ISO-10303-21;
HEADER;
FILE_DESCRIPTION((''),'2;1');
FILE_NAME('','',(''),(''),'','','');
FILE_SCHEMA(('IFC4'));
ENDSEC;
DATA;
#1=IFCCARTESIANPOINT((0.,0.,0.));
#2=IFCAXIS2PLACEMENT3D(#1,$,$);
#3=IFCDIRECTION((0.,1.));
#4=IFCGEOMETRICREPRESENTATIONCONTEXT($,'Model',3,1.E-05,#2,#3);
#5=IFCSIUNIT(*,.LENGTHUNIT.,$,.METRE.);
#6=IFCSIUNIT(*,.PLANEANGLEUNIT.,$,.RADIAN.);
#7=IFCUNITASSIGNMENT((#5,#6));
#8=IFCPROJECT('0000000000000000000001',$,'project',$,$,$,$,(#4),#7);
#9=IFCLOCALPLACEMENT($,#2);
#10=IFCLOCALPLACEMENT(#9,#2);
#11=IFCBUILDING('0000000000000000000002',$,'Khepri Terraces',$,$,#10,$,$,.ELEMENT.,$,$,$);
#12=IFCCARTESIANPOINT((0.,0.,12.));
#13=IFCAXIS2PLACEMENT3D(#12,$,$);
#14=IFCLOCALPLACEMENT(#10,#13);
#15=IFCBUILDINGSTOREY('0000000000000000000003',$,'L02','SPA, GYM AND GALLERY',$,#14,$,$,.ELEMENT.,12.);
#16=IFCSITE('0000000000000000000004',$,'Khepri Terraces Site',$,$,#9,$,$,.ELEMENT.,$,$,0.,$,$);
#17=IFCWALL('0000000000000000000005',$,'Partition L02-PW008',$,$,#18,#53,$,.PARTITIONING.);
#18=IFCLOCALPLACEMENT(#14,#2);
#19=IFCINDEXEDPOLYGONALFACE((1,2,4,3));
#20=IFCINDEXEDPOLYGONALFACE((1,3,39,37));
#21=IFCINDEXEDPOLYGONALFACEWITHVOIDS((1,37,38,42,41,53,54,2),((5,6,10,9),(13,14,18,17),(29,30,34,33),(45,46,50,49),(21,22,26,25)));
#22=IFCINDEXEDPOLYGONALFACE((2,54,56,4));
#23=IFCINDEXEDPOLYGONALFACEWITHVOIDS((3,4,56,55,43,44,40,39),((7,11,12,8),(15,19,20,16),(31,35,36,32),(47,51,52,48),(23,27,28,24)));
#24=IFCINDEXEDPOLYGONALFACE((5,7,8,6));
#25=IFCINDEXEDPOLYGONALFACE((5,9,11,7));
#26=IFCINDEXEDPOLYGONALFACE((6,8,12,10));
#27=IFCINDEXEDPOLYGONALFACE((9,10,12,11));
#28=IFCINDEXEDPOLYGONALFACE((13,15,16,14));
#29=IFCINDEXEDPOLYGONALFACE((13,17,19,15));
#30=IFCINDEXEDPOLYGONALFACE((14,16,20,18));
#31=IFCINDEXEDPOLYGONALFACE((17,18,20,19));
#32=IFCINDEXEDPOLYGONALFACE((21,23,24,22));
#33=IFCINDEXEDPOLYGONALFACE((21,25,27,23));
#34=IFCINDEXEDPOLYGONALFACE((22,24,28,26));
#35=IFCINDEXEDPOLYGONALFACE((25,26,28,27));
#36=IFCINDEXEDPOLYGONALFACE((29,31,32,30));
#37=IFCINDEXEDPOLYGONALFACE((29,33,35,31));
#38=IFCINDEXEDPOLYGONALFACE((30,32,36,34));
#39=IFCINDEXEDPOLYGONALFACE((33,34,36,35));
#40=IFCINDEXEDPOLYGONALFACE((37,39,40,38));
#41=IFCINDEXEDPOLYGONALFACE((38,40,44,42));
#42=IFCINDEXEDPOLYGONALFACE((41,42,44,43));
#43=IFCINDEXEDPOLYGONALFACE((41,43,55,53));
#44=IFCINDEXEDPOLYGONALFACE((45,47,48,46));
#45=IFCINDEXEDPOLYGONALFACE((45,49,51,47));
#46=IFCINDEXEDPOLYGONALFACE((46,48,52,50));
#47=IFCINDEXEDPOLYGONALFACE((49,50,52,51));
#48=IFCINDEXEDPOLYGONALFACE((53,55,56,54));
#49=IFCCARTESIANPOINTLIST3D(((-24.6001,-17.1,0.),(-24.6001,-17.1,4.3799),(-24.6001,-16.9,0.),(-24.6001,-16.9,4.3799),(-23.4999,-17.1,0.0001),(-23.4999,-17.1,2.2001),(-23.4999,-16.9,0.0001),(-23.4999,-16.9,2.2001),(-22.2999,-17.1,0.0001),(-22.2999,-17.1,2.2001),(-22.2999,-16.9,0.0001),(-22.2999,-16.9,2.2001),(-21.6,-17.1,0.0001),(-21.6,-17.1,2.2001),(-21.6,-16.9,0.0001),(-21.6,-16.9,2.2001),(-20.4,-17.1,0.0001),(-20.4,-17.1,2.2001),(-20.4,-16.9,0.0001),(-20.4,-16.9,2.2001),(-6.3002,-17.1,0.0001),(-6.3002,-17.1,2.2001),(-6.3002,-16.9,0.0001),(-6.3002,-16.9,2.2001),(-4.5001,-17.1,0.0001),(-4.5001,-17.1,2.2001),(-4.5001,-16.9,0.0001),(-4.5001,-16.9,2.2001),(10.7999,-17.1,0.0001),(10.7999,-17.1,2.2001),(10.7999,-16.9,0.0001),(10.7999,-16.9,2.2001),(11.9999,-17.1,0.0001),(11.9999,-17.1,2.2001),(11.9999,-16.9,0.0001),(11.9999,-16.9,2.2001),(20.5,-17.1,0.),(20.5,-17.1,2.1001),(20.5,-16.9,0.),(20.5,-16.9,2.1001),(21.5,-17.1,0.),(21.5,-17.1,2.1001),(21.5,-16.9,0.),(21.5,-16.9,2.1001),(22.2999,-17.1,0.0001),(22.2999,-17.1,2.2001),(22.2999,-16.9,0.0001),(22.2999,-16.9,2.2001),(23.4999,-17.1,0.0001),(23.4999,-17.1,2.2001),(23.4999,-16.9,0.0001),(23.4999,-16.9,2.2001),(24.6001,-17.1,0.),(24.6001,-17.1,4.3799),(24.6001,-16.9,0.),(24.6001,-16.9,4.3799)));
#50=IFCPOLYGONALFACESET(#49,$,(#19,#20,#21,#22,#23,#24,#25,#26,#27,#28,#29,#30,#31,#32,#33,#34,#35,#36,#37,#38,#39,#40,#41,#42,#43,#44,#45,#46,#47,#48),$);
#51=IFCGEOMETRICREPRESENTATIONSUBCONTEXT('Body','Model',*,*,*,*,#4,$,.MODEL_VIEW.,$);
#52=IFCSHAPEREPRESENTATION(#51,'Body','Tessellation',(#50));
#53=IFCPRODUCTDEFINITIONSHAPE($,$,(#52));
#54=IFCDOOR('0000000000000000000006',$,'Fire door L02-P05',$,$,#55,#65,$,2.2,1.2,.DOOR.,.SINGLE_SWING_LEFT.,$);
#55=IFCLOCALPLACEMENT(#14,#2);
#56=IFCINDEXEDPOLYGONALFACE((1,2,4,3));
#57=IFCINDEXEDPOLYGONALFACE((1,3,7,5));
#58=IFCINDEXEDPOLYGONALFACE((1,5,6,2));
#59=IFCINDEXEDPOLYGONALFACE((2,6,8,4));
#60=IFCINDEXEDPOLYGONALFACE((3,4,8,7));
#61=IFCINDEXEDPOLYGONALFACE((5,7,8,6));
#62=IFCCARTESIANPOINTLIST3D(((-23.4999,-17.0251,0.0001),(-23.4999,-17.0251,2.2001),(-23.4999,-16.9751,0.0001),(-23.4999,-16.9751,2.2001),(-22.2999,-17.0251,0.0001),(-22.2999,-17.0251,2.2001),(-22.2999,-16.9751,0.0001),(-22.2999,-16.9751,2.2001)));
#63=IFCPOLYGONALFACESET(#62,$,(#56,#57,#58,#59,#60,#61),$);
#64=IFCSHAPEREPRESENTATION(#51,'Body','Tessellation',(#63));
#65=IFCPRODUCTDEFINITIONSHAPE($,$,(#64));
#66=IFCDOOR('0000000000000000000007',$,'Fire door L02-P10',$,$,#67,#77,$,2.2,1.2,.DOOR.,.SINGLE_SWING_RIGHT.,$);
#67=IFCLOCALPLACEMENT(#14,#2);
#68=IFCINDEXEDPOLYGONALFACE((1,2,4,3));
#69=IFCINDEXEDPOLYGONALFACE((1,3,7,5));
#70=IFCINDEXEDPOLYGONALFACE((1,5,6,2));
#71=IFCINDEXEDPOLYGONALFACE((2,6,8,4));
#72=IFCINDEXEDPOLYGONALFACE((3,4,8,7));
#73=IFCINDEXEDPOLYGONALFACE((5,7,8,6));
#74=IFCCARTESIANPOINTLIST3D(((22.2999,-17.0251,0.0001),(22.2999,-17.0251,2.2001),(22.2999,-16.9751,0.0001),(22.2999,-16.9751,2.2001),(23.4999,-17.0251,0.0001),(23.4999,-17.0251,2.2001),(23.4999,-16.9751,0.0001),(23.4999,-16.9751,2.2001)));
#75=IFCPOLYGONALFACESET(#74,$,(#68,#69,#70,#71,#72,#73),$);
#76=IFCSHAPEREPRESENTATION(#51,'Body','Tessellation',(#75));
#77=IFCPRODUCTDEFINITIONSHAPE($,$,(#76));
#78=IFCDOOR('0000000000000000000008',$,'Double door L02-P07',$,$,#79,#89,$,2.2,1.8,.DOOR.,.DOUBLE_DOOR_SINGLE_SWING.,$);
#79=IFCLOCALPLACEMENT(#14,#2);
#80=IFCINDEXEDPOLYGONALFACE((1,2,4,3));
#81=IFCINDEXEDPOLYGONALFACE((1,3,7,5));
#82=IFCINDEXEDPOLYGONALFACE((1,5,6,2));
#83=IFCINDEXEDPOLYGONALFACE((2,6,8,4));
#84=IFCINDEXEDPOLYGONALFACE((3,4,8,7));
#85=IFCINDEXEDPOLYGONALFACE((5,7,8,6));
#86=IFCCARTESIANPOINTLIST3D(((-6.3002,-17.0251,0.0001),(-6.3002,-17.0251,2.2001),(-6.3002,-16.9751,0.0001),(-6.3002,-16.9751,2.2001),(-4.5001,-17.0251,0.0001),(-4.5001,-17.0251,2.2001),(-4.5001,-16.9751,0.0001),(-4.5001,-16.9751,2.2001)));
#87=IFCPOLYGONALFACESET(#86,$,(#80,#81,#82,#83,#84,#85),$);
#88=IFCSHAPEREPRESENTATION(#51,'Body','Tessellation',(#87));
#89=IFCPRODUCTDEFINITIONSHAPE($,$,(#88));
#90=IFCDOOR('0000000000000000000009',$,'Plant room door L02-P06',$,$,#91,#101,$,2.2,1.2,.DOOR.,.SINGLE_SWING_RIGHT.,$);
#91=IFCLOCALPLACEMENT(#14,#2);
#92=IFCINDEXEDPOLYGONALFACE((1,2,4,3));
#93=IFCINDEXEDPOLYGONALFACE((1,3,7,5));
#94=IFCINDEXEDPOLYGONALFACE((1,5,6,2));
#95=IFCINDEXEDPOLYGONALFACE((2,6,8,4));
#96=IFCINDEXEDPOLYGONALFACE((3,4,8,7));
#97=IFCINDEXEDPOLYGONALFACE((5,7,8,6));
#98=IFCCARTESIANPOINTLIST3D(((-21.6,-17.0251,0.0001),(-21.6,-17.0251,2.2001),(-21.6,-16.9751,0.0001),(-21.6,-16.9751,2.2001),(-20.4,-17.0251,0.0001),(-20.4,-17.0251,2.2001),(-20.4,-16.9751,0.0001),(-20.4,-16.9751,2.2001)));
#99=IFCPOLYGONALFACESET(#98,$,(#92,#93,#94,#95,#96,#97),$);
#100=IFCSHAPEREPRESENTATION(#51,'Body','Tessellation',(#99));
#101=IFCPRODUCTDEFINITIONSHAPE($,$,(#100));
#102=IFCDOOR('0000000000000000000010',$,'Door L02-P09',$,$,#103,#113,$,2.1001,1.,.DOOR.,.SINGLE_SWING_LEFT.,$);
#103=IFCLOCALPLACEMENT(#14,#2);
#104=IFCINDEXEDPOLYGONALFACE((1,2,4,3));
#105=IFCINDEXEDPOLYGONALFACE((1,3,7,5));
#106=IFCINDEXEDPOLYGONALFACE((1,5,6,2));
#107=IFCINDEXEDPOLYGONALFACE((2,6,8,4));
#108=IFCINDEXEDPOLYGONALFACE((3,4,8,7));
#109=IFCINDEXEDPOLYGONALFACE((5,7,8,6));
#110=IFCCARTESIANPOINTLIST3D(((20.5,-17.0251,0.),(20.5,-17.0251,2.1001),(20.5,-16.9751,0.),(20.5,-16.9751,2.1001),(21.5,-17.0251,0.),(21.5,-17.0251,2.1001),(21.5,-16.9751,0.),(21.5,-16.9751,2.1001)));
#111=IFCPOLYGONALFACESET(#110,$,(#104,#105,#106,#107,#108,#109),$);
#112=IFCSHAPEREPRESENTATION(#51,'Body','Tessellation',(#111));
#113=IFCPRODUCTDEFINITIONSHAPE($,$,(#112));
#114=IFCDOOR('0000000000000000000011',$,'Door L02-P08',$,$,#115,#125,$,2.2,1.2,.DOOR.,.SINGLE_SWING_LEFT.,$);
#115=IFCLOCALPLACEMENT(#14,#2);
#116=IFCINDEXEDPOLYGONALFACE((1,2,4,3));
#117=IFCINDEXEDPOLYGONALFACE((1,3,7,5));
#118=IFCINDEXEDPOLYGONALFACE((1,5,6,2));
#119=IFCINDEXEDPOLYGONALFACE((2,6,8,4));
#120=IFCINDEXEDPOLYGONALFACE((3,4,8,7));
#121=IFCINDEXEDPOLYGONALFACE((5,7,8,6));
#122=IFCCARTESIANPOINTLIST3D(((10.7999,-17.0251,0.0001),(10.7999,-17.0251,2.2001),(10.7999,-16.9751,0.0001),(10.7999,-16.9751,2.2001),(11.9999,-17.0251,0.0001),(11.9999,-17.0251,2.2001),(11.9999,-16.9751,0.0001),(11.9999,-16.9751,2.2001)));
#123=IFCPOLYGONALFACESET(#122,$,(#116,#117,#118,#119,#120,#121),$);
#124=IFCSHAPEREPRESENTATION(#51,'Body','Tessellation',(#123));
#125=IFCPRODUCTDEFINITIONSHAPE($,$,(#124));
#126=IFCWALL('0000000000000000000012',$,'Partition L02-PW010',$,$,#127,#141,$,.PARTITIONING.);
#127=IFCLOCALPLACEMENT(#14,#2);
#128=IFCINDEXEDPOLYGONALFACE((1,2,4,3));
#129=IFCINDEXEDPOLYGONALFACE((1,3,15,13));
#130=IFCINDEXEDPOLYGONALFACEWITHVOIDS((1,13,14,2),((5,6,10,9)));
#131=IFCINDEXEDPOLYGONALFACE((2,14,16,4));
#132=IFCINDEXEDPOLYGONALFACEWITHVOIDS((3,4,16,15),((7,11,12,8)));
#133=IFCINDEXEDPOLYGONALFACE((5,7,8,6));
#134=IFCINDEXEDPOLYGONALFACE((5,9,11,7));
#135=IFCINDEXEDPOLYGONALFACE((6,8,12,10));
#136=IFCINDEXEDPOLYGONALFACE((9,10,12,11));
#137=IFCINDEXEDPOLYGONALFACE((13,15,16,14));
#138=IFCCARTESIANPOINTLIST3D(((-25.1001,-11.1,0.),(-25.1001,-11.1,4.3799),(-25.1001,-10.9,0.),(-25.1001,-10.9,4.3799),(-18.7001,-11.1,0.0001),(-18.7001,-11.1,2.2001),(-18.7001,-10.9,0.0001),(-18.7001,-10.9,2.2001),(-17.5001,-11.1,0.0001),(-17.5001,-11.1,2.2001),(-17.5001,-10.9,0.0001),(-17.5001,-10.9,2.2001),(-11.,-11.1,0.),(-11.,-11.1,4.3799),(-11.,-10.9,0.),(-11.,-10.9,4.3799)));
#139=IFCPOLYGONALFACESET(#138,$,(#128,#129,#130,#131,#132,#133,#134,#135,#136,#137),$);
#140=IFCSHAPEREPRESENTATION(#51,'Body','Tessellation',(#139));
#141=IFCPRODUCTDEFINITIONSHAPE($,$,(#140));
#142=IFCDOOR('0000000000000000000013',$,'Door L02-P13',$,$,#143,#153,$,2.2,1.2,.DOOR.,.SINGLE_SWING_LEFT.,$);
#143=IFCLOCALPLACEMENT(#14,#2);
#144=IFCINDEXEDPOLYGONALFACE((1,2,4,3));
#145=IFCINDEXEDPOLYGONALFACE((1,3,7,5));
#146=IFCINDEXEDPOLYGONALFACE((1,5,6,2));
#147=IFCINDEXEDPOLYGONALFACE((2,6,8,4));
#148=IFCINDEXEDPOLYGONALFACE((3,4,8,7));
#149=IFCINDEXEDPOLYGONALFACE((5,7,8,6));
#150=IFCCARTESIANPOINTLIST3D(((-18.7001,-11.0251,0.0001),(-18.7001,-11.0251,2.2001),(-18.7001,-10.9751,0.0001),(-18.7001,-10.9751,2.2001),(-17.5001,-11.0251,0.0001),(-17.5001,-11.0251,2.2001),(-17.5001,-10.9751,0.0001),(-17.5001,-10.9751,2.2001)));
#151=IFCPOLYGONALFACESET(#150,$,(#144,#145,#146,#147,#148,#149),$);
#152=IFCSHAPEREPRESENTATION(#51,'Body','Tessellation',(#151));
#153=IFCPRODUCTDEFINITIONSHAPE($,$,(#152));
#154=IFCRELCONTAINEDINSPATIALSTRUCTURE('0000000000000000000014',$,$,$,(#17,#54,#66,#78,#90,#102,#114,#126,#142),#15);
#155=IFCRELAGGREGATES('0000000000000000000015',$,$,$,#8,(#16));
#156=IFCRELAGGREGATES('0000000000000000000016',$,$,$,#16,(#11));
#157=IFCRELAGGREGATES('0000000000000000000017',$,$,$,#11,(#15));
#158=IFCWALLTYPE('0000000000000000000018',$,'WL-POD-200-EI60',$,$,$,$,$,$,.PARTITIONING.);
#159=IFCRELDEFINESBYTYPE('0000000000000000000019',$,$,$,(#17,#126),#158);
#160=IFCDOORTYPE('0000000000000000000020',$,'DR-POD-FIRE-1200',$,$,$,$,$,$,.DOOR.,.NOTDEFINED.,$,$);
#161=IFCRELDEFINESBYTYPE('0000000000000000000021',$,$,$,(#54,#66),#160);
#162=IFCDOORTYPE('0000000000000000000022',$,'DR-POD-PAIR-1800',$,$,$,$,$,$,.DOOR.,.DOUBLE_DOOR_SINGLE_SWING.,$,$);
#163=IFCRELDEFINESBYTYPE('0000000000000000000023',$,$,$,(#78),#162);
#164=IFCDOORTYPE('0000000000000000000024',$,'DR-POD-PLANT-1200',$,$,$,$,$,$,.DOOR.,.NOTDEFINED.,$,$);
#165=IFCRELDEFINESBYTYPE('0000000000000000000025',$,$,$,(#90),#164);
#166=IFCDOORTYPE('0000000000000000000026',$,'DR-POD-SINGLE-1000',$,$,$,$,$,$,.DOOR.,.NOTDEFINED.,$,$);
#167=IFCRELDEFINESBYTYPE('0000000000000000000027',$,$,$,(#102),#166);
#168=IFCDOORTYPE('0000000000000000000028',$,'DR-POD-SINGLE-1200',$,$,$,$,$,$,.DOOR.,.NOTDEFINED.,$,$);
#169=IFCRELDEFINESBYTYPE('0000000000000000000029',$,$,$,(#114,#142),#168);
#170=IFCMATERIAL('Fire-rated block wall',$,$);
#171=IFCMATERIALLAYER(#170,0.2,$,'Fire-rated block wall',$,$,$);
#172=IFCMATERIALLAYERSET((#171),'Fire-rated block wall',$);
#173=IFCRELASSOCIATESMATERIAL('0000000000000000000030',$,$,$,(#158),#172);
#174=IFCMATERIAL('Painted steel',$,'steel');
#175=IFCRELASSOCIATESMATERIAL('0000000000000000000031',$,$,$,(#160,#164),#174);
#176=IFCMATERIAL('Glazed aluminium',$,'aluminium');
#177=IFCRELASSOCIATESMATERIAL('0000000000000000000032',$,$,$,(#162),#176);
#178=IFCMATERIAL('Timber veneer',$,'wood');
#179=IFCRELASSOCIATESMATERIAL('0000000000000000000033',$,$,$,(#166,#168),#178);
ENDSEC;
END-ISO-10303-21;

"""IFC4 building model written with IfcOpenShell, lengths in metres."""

from ifc_helpers import new_model, si_unit, direction, frame, frame_2d, origin, place, context, subcontext, project, spatial, rectangle, extrude, material, layer, layer_set, type_object, element, fill, save


model = new_model("IFC4")

# Units and contexts
model_context = context("Model", 3, precision=1e-05, world=origin(), true_north=direction((0.0, 1.0)))
body_context = subcontext(model_context, "Body", "Model", "MODEL_VIEW")
ifc_project = project(units=[si_unit("LENGTHUNIT", "METRE"), si_unit("PLANEANGLEUNIT", "RADIAN")], contexts=[model_context])

# Site, building, storey
site_placement = place(None, origin())
site = spatial("IfcSite", under=ifc_project, at=site_placement, Name="Khepri Terraces Site", CompositionType="ELEMENT", RefElevation=0.0)
building_placement = place(site_placement, origin())
building = spatial("IfcBuilding", under=site, at=building_placement, Name="Khepri Terraces", CompositionType="ELEMENT")
storey_placement = place(building_placement, frame((0.0, 0.0, 12.0)))
storey = spatial("IfcBuildingStorey", under=building, at=storey_placement, Name="L02", Description="SPA, GYM AND GALLERY", CompositionType="ELEMENT", Elevation=12.0)

# Wall, openings, doors
ifc_material_1 = material(Name="Fire-rated block wall")
ifc_layer_1 = layer(ifc_material_1, 0.2, Name="Fire-rated block wall")
ifc_layer_set_1 = layer_set([ifc_layer_1], Name="Fire-rated block wall")
wall_type_1 = type_object("IfcWallType", Name="WL-POD-200-EI60", PredefinedType="PARTITIONING", material=ifc_layer_set_1)
wall_1_placement = place(storey_placement, frame((-24.6001, -17.0, 0.0), z_axis=(0.0, 0.0, 1.0), x_axis=(1.0, 0.0, 0.0)))
wall_1 = element("IfcWall", 1, at=wall_1_placement, inside=storey, type_object=wall_type_1, Name="Partition L02-PW008", PredefinedType="PARTITIONING", context=body_context, shape_type="SweptSolid", body=[
    extrude(rectangle(XDim=49.2002, YDim=0.2, at=frame_2d((24.6001, 0.0))), origin(), (0.0, 0.0, 1.0), 4.3799),
])
opening_1_placement = place(wall_1_placement, frame((1.1001, 0.0, 0.0)))
opening_1 = element("IfcOpeningElement", 2, at=opening_1_placement, cuts=wall_1, PredefinedType="OPENING", context=body_context, shape_type="SweptSolid", body=[
    extrude(rectangle(XDim=1.2, YDim=2.2, at=frame_2d((0.6001, 1.1001))), frame((0.0, 0.1099, 0.0), z_axis=(0.0, -1.0, 0.0), x_axis=(1.0, 0.0, 0.0)), (0.0, 0.0, 1.0), 0.22),
])
opening_2_placement = place(wall_1_placement, frame((3.0, 0.0, 0.0)))
opening_2 = element("IfcOpeningElement", 3, at=opening_2_placement, cuts=wall_1, PredefinedType="OPENING", context=body_context, shape_type="SweptSolid", body=[
    extrude(rectangle(XDim=1.2, YDim=2.2, at=frame_2d((0.6001, 1.1001))), frame((0.0, 0.1099, 0.0), z_axis=(0.0, -1.0, 0.0), x_axis=(1.0, 0.0, 0.0)), (0.0, 0.0, 1.0), 0.22),
])
opening_3_placement = place(wall_1_placement, frame((18.3, 0.0, 0.0)))
opening_3 = element("IfcOpeningElement", 4, at=opening_3_placement, cuts=wall_1, PredefinedType="OPENING", context=body_context, shape_type="SweptSolid", body=[
    extrude(rectangle(XDim=1.8, YDim=2.2, at=frame_2d((0.8999, 1.1001))), frame((0.0, 0.1099, 0.0), z_axis=(0.0, -1.0, 0.0), x_axis=(1.0, 0.0, 0.0)), (0.0, 0.0, 1.0), 0.22),
])
opening_4_placement = place(wall_1_placement, frame((35.3999, 0.0, 0.0)))
opening_4 = element("IfcOpeningElement", 5, at=opening_4_placement, cuts=wall_1, PredefinedType="OPENING", context=body_context, shape_type="SweptSolid", body=[
    extrude(rectangle(XDim=1.2, YDim=2.2, at=frame_2d((0.6001, 1.1001))), frame((0.0, 0.1099, 0.0), z_axis=(0.0, -1.0, 0.0), x_axis=(1.0, 0.0, 0.0)), (0.0, 0.0, 1.0), 0.22),
])
opening_5_placement = place(wall_1_placement, frame((45.1001, 0.0, 0.0)))
opening_5 = element("IfcOpeningElement", 6, at=opening_5_placement, cuts=wall_1, PredefinedType="OPENING", context=body_context, shape_type="SweptSolid", body=[
    extrude(rectangle(XDim=1.0, YDim=2.1001, at=frame_2d((0.5, 1.05))), frame((0.0, 0.1099, 0.0), z_axis=(0.0, -1.0, 0.0), x_axis=(1.0, 0.0, 0.0)), (0.0, 0.0, 1.0), 0.22),
])
opening_6_placement = place(wall_1_placement, frame((46.8999, 0.0, 0.0)))
opening_6 = element("IfcOpeningElement", 7, at=opening_6_placement, cuts=wall_1, PredefinedType="OPENING", context=body_context, shape_type="SweptSolid", body=[
    extrude(rectangle(XDim=1.2, YDim=2.2, at=frame_2d((0.6001, 1.1001))), frame((0.0, 0.1099, 0.0), z_axis=(0.0, -1.0, 0.0), x_axis=(1.0, 0.0, 0.0)), (0.0, 0.0, 1.0), 0.22),
])
ifc_material_2 = material(Name="Painted steel", Category="steel")
door_type_1 = type_object("IfcDoorType", Name="DR-POD-FIRE-1200", OperationType="NOTDEFINED", PredefinedType="DOOR", material=ifc_material_2)
door_1_placement = place(opening_1_placement, origin())
door_1 = element("IfcDoor", 8, at=door_1_placement, inside=storey, type_object=door_type_1, Name="Fire door L02-P05", OperationType="SINGLE_SWING_LEFT", OverallHeight=2.2, OverallWidth=1.2, PredefinedType="DOOR", context=body_context, shape_type="SweptSolid", body=[
    extrude(rectangle(XDim=1.2, YDim=2.2, at=frame_2d((0.6001, 1.1001))), frame((0.0, 0.0249, 0.0), z_axis=(0.0, -1.0, 0.0), x_axis=(1.0, 0.0, 0.0)), (0.0, 0.0, 1.0), 0.05),
])
fill(opening_1, door_1)
door_2_placement = place(opening_6_placement, origin())
door_2 = element("IfcDoor", 9, at=door_2_placement, inside=storey, type_object=door_type_1, Name="Fire door L02-P10", OperationType="SINGLE_SWING_RIGHT", OverallHeight=2.2, OverallWidth=1.2, PredefinedType="DOOR", context=body_context, shape_type="SweptSolid", body=[
    extrude(rectangle(XDim=1.2, YDim=2.2, at=frame_2d((0.6001, 1.1001))), frame((0.0, 0.0249, 0.0), z_axis=(0.0, -1.0, 0.0), x_axis=(1.0, 0.0, 0.0)), (0.0, 0.0, 1.0), 0.05),
])
fill(opening_6, door_2)
ifc_material_3 = material(Name="Glazed aluminium", Category="aluminium")
door_type_2 = type_object("IfcDoorType", Name="DR-POD-PAIR-1800", OperationType="DOUBLE_DOOR_SINGLE_SWING", PredefinedType="DOOR", material=ifc_material_3)
door_3_placement = place(opening_3_placement, origin())
door_3 = element("IfcDoor", 10, at=door_3_placement, inside=storey, type_object=door_type_2, Name="Double door L02-P07", OperationType="DOUBLE_DOOR_SINGLE_SWING", OverallHeight=2.2, OverallWidth=1.8, PredefinedType="DOOR", context=body_context, shape_type="SweptSolid", body=[
    extrude(rectangle(XDim=1.8, YDim=2.2, at=frame_2d((0.8999, 1.1001))), frame((0.0, 0.0249, 0.0), z_axis=(0.0, -1.0, 0.0), x_axis=(1.0, 0.0, 0.0)), (0.0, 0.0, 1.0), 0.05),
])
fill(opening_3, door_3)
door_type_3 = type_object("IfcDoorType", Name="DR-POD-PLANT-1200", OperationType="NOTDEFINED", PredefinedType="DOOR", material=ifc_material_2)
door_4_placement = place(opening_2_placement, origin())
door_4 = element("IfcDoor", 11, at=door_4_placement, inside=storey, type_object=door_type_3, Name="Plant room door L02-P06", OperationType="SINGLE_SWING_RIGHT", OverallHeight=2.2, OverallWidth=1.2, PredefinedType="DOOR", context=body_context, shape_type="SweptSolid", body=[
    extrude(rectangle(XDim=1.2, YDim=2.2, at=frame_2d((0.6001, 1.1001))), frame((0.0, 0.0249, 0.0), z_axis=(0.0, -1.0, 0.0), x_axis=(1.0, 0.0, 0.0)), (0.0, 0.0, 1.0), 0.05),
])
fill(opening_2, door_4)
ifc_material_4 = material(Name="Timber veneer", Category="wood")
door_type_4 = type_object("IfcDoorType", Name="DR-POD-SINGLE-1000", OperationType="NOTDEFINED", PredefinedType="DOOR", material=ifc_material_4)
door_5_placement = place(opening_5_placement, origin())
door_5 = element("IfcDoor", 12, at=door_5_placement, inside=storey, type_object=door_type_4, Name="Door L02-P09", OperationType="SINGLE_SWING_LEFT", OverallHeight=2.1001, OverallWidth=1.0, PredefinedType="DOOR", context=body_context, shape_type="SweptSolid", body=[
    extrude(rectangle(XDim=1.0, YDim=2.1001, at=frame_2d((0.5, 1.05))), frame((0.0, 0.0249, 0.0), z_axis=(0.0, -1.0, 0.0), x_axis=(1.0, 0.0, 0.0)), (0.0, 0.0, 1.0), 0.05),
])
fill(opening_5, door_5)
door_type_5 = type_object("IfcDoorType", Name="DR-POD-SINGLE-1200", OperationType="NOTDEFINED", PredefinedType="DOOR", material=ifc_material_4)
door_6_placement = place(opening_4_placement, origin())
door_6 = element("IfcDoor", 13, at=door_6_placement, inside=storey, type_object=door_type_5, Name="Door L02-P08", OperationType="SINGLE_SWING_LEFT", OverallHeight=2.2, OverallWidth=1.2, PredefinedType="DOOR", context=body_context, shape_type="SweptSolid", body=[
    extrude(rectangle(XDim=1.2, YDim=2.2, at=frame_2d((0.6001, 1.1001))), frame((0.0, 0.0249, 0.0), z_axis=(0.0, -1.0, 0.0), x_axis=(1.0, 0.0, 0.0)), (0.0, 0.0, 1.0), 0.05),
])
fill(opening_4, door_6)

# Wall, opening, door
wall_2_placement = place(storey_placement, frame((-25.1001, -11.0, 0.0), z_axis=(0.0, 0.0, 1.0), x_axis=(1.0, 0.0, 0.0)))
wall_2 = element("IfcWall", 14, at=wall_2_placement, inside=storey, type_object=wall_type_1, Name="Partition L02-PW010", PredefinedType="PARTITIONING", context=body_context, shape_type="SweptSolid", body=[
    extrude(rectangle(XDim=14.1001, YDim=0.2, at=frame_2d((7.05, 0.0))), origin(), (0.0, 0.0, 1.0), 4.3799),
])
opening_7_placement = place(wall_2_placement, frame((6.3999, 0.0, 0.0)))
opening_7 = element("IfcOpeningElement", 15, at=opening_7_placement, cuts=wall_2, PredefinedType="OPENING", context=body_context, shape_type="SweptSolid", body=[
    extrude(rectangle(XDim=1.2, YDim=2.2, at=frame_2d((0.6001, 1.1001))), frame((0.0, 0.1099, 0.0), z_axis=(0.0, -1.0, 0.0), x_axis=(1.0, 0.0, 0.0)), (0.0, 0.0, 1.0), 0.22),
])
door_7_placement = place(opening_7_placement, origin())
door_7 = element("IfcDoor", 16, at=door_7_placement, inside=storey, type_object=door_type_5, Name="Door L02-P13", OperationType="SINGLE_SWING_LEFT", OverallHeight=2.2, OverallWidth=1.2, PredefinedType="DOOR", context=body_context, shape_type="SweptSolid", body=[
    extrude(rectangle(XDim=1.2, YDim=2.2, at=frame_2d((0.6001, 1.1001))), frame((0.0, 0.0249, 0.0), z_axis=(0.0, -1.0, 0.0), x_axis=(1.0, 0.0, 0.0)), (0.0, 0.0, 1.0), 0.05),
])
fill(opening_7, door_7)

save(model, "model.ifc")
